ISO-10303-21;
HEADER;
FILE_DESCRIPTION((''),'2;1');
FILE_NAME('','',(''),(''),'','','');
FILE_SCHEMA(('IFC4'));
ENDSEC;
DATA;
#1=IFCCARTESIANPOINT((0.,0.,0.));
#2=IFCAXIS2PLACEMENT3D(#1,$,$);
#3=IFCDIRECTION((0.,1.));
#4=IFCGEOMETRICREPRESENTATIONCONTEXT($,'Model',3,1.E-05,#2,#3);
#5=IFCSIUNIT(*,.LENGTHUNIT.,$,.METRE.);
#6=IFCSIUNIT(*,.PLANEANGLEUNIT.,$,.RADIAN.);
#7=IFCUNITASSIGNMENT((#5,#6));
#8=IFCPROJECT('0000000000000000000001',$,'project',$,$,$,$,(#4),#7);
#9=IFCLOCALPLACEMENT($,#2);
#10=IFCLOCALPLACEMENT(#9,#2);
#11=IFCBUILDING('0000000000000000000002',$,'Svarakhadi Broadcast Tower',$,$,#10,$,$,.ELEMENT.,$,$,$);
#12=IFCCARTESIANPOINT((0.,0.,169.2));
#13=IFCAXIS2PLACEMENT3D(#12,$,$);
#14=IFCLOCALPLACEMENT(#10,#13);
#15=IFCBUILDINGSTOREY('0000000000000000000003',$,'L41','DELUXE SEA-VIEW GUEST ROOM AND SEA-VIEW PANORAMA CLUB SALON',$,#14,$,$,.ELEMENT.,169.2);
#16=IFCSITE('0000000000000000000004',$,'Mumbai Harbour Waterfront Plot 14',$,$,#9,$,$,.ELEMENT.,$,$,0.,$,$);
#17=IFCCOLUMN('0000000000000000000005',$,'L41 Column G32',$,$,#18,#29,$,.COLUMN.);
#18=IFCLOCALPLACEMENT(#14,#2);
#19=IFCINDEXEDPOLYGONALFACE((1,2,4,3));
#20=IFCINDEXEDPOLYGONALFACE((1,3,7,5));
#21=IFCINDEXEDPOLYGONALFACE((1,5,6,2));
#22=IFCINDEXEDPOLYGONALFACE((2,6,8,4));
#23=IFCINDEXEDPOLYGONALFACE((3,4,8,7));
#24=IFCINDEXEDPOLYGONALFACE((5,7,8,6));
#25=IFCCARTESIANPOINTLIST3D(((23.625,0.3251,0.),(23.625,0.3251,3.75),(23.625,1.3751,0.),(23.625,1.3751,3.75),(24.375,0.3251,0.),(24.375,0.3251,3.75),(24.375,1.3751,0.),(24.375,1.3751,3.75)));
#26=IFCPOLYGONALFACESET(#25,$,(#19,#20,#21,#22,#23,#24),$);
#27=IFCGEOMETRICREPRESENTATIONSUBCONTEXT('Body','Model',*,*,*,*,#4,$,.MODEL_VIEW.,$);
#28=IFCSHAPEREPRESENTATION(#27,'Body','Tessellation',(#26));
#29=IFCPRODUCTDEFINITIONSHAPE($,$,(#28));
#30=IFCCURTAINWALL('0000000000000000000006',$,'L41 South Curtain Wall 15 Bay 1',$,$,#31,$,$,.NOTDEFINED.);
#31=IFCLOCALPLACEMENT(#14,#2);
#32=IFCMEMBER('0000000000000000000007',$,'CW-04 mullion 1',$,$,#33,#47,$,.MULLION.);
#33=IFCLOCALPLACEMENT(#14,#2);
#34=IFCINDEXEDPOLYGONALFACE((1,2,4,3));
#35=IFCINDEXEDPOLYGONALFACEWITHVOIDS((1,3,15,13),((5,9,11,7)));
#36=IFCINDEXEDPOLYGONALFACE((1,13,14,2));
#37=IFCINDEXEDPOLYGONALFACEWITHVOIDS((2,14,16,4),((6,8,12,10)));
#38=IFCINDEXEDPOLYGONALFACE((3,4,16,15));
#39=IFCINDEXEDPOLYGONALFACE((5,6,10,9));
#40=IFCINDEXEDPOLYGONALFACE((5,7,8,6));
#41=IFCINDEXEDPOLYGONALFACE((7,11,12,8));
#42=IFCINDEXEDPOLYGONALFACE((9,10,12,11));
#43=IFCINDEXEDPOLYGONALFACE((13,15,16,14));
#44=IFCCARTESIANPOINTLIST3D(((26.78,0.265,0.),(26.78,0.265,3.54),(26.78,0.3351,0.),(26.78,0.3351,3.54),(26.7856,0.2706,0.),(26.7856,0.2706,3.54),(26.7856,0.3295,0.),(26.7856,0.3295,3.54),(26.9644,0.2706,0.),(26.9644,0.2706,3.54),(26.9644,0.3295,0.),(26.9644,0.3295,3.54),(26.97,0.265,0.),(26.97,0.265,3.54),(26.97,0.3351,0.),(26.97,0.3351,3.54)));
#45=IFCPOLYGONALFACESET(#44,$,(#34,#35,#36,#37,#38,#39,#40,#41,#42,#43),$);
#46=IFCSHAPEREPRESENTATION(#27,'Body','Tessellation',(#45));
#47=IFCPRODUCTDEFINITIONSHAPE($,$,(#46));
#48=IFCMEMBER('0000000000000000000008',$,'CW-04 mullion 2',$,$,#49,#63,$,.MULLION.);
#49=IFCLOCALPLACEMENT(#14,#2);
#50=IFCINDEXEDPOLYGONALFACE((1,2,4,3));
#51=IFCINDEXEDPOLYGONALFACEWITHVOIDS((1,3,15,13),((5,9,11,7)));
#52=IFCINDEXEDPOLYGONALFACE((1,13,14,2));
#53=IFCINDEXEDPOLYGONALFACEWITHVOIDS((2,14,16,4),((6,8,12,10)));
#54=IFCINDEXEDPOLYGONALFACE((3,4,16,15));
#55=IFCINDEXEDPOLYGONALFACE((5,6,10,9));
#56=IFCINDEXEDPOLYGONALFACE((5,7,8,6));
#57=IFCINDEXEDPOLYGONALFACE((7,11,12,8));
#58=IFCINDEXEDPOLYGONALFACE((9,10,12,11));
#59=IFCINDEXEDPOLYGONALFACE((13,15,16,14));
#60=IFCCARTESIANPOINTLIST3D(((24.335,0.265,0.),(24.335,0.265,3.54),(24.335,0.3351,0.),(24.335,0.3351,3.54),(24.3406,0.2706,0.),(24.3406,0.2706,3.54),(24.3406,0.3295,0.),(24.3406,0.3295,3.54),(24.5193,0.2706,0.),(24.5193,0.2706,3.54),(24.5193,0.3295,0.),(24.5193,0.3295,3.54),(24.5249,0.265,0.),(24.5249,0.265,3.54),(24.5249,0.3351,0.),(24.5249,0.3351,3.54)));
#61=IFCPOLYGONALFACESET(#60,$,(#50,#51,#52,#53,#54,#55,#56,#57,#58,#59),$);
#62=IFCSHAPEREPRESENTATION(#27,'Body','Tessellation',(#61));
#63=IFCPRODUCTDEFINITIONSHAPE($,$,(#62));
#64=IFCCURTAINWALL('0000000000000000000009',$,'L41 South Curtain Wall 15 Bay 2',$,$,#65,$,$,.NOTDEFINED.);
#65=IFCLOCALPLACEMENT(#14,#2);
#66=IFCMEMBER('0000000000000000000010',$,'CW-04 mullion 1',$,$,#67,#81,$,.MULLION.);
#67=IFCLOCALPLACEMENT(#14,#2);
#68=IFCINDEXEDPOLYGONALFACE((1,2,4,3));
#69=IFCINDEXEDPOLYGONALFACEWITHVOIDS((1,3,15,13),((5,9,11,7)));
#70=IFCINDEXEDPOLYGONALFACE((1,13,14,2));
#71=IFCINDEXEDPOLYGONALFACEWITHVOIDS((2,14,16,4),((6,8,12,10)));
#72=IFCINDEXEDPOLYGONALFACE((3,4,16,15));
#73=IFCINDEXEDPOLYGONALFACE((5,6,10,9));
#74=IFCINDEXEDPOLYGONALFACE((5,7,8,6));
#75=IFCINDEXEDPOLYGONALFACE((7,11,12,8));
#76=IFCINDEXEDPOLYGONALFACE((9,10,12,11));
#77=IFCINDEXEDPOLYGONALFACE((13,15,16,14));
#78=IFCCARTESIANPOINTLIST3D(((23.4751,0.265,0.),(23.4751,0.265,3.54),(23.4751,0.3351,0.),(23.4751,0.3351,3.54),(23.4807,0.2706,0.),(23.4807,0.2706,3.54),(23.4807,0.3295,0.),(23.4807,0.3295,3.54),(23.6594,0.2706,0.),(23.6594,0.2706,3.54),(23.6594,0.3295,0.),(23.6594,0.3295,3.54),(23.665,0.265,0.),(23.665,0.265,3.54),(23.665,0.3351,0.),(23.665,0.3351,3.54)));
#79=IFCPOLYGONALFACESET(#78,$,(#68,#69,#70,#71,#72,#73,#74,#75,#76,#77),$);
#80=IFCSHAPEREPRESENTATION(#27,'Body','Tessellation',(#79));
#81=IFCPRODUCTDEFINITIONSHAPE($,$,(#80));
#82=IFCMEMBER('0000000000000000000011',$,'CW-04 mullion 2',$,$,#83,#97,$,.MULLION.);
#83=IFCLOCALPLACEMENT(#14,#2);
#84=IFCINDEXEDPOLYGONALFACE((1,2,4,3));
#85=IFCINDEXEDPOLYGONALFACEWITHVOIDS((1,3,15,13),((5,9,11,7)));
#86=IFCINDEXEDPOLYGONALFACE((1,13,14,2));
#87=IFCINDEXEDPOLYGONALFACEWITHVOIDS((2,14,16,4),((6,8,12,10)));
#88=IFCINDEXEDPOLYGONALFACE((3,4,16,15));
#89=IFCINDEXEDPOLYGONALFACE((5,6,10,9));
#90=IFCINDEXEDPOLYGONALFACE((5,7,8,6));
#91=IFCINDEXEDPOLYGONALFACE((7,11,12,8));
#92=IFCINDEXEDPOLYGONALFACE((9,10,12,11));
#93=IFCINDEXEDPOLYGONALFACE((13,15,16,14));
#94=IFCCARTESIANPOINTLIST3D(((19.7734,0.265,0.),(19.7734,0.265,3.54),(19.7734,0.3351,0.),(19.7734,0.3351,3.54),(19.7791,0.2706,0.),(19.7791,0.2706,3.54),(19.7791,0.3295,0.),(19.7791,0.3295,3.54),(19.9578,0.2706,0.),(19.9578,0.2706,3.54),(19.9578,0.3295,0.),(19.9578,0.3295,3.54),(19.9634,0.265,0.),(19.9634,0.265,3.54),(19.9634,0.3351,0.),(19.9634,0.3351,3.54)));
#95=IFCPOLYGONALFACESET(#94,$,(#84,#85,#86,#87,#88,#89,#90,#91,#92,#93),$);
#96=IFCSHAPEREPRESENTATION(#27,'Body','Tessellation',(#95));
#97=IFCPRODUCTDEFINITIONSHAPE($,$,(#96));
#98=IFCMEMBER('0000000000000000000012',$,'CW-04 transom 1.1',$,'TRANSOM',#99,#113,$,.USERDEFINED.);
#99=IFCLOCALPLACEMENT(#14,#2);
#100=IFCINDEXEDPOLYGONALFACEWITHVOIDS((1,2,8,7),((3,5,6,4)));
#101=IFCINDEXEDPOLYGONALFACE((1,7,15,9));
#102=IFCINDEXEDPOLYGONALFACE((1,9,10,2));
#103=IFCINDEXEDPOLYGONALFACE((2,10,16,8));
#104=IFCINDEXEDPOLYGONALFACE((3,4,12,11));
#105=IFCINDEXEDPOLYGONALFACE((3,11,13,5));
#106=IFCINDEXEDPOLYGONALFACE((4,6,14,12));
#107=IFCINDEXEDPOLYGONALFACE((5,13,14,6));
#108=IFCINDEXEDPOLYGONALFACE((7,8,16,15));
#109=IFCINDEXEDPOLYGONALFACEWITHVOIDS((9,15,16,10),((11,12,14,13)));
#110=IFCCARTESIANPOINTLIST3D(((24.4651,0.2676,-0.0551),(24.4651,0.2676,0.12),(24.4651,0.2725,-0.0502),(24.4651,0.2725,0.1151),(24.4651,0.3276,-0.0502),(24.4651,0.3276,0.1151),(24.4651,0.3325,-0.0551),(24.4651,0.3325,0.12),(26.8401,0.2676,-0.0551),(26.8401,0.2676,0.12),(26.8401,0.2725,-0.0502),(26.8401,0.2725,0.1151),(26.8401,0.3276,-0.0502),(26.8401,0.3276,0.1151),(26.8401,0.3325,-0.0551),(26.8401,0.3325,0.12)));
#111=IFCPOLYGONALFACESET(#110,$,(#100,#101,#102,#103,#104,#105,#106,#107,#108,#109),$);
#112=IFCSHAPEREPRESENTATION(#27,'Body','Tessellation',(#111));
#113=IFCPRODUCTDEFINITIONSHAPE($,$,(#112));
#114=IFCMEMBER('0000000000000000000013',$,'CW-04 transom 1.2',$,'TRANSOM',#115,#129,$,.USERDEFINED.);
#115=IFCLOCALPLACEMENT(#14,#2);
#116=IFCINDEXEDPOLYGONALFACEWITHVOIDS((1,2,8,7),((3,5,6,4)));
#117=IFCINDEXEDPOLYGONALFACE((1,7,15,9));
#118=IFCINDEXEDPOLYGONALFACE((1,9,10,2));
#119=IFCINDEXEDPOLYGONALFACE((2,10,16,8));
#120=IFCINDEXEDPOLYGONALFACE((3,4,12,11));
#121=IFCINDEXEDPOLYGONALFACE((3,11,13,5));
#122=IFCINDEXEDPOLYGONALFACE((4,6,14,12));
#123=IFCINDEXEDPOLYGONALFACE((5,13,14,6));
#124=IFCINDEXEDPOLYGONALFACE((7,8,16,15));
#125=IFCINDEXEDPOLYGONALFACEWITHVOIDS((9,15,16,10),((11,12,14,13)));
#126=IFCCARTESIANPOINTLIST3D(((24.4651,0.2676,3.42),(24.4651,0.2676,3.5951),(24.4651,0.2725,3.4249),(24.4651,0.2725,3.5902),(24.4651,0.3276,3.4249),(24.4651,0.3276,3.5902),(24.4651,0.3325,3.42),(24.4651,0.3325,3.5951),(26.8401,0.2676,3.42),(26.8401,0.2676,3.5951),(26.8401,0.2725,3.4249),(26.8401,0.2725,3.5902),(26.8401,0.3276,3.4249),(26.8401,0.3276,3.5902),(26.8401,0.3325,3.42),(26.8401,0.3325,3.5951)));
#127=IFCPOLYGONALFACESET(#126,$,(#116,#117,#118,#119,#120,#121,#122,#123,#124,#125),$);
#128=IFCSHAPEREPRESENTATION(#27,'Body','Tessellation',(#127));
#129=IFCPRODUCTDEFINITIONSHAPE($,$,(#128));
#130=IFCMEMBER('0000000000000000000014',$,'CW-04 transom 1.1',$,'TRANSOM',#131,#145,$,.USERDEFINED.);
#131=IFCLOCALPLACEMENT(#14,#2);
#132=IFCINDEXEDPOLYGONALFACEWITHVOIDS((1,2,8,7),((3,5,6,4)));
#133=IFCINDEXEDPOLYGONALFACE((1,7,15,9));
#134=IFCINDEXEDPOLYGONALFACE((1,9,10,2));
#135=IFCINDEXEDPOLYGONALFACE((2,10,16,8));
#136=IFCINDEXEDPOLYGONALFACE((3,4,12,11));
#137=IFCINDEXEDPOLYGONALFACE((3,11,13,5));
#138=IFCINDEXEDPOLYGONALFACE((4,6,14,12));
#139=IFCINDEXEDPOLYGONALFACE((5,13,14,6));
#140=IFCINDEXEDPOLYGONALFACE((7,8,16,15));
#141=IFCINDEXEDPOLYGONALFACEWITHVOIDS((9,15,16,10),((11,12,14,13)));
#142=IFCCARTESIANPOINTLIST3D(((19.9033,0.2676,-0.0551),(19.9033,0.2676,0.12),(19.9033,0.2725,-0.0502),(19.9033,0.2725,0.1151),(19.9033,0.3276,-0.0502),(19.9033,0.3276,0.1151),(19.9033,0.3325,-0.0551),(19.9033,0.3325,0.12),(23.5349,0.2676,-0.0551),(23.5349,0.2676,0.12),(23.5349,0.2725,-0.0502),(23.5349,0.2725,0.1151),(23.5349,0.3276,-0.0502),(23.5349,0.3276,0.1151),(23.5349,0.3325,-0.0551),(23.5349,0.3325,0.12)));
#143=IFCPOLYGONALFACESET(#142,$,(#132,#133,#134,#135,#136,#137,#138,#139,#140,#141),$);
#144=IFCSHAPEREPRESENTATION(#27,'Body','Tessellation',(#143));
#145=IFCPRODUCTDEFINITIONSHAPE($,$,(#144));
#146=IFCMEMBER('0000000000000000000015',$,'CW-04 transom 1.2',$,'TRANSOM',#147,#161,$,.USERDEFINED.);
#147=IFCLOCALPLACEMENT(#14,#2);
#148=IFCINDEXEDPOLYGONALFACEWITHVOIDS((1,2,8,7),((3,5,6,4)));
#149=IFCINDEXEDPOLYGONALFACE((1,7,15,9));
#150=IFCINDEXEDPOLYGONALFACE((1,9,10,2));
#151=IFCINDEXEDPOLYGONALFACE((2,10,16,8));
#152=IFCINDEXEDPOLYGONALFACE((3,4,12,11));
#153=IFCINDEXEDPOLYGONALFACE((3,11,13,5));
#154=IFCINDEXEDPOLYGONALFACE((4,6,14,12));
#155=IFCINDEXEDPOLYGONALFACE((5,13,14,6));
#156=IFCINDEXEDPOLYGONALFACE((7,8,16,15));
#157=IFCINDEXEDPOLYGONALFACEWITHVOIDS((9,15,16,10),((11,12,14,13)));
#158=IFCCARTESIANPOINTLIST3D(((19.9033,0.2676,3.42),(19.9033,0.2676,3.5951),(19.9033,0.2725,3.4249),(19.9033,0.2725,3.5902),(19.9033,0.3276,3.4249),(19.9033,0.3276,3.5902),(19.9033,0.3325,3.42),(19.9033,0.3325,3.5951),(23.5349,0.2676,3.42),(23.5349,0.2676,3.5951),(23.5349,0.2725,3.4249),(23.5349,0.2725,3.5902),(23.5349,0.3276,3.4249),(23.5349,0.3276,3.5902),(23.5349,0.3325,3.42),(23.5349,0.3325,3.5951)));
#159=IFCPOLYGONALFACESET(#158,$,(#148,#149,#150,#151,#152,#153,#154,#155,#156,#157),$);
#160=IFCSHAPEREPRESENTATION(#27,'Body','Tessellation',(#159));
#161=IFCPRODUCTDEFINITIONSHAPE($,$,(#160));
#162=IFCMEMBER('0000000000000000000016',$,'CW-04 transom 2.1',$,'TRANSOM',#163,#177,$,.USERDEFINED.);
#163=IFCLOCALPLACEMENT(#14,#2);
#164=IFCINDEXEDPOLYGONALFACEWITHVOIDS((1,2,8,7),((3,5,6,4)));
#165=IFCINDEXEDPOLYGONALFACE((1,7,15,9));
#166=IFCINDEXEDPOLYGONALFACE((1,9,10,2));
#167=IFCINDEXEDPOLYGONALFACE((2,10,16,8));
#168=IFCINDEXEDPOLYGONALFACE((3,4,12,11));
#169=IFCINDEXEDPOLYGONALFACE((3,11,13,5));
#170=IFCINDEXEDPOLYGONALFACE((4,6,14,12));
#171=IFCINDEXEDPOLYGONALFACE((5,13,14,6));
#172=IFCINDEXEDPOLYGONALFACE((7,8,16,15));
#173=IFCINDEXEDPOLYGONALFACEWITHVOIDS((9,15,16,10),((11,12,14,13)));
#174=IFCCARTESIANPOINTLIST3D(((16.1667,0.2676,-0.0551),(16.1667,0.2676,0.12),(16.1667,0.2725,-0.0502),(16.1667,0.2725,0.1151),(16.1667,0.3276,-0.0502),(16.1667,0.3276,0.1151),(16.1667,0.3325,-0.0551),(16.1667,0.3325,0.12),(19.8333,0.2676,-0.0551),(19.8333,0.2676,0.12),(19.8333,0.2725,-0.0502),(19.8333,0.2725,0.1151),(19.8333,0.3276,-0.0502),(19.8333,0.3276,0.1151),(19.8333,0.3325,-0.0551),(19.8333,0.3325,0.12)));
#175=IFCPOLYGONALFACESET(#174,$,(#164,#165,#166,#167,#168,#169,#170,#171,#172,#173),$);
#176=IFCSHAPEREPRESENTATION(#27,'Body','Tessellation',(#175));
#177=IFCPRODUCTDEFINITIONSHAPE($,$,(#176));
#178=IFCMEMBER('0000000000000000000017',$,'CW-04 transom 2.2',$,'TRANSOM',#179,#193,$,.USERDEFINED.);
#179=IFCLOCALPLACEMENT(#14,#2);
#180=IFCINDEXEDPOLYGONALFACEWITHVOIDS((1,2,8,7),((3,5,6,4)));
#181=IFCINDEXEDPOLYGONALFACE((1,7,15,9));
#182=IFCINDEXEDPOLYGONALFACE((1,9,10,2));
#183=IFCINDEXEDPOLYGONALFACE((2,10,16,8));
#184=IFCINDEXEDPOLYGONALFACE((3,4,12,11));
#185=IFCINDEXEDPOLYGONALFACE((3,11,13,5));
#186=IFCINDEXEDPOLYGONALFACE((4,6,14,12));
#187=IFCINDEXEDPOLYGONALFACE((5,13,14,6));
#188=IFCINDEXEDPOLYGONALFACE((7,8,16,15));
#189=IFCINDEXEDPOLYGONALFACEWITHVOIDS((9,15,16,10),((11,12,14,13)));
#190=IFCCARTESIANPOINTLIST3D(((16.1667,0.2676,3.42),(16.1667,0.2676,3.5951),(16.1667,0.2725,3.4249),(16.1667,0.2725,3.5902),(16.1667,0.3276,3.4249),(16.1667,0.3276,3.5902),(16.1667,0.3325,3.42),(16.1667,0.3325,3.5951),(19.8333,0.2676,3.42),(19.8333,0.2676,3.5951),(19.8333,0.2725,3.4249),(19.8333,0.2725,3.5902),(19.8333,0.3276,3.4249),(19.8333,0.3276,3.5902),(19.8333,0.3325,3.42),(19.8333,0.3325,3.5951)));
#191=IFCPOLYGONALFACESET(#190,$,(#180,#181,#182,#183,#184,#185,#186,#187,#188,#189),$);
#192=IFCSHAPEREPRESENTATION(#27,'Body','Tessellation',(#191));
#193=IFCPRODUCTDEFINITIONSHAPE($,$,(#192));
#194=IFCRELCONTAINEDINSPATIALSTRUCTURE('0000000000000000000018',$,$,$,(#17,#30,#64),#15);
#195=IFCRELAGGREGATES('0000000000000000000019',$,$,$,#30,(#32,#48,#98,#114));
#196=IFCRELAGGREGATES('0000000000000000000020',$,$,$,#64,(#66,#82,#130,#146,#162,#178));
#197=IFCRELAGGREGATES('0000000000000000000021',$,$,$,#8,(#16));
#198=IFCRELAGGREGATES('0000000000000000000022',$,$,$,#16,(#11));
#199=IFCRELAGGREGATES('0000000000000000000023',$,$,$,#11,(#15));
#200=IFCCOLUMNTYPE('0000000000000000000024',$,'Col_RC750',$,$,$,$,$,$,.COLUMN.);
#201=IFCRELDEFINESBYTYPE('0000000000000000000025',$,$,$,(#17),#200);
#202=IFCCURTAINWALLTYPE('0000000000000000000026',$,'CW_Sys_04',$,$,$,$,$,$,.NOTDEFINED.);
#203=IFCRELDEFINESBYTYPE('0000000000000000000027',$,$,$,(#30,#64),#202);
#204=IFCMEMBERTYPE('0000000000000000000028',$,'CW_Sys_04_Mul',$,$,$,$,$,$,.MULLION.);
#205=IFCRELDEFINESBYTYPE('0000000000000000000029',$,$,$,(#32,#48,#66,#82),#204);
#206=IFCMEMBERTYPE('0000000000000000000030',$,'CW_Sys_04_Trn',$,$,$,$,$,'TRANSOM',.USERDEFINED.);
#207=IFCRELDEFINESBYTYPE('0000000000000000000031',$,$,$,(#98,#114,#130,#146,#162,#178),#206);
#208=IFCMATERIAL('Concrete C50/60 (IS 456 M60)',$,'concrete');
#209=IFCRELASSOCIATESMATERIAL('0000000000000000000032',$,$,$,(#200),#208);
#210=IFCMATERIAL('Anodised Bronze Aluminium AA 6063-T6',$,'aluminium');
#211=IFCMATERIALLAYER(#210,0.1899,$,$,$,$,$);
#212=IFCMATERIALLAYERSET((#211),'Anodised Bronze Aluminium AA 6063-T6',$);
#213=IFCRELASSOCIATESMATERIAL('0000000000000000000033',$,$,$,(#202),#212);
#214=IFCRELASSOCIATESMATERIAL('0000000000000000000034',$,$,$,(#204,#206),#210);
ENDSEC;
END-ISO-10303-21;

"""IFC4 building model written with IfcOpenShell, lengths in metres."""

from ifc_helpers import new_model, si_unit, direction, frame, origin, origin_2d, place, context, subcontext, project, spatial, rectangle, hollow_rectangle, extrude, material, layer, layer_set, material_profile, profile_set, type_object, element, aggregate, save


model = new_model("IFC4")

# Units and contexts
model_context = context("Model", 3, precision=1e-05, world=origin(), true_north=direction((0.0, 1.0)))
body_context = subcontext(model_context, "Body", "Model", "MODEL_VIEW")
ifc_project = project(units=[si_unit("LENGTHUNIT", "METRE"), si_unit("PLANEANGLEUNIT", "RADIAN")], contexts=[model_context])

# Site, building, storey
site_placement = place(None, origin())
site = spatial("IfcSite", under=ifc_project, at=site_placement, Name="Mumbai Harbour Waterfront Plot 14", CompositionType="ELEMENT", RefElevation=0.0)
building_placement = place(site_placement, origin())
building = spatial("IfcBuilding", under=site, at=building_placement, Name="Svarakhadi Broadcast Tower", CompositionType="ELEMENT")
storey_placement = place(building_placement, frame((0.0, 0.0, 169.2)))
storey = spatial("IfcBuildingStorey", under=building, at=storey_placement, Name="L41", Description="DELUXE SEA-VIEW GUEST ROOM AND SEA-VIEW PANORAMA CLUB SALON", CompositionType="ELEMENT", Elevation=169.2)

# Column
ifc_material_1 = material(Name="Concrete C50/60 (IS 456 M60)", Category="concrete")
ifc_material_profile_1 = material_profile(ifc_material_1, rectangle(XDim=0.75, YDim=1.05, at=origin_2d()), Name="RC 750x1050")
ifc_profile_set_1 = profile_set([ifc_material_profile_1], Name="Concrete C50/60 (IS 456 M60)")
column_type = type_object("IfcColumnType", Name="Col_RC750", PredefinedType="COLUMN", material=ifc_profile_set_1)
column_placement = place(storey_placement, frame((24.0, 0.8501, 0.0), z_axis=(0.0, 0.0, 1.0), x_axis=(1.0, 0.0, 0.0)))
element("IfcColumn", 1, at=column_placement, inside=storey, type_object=column_type, Name="L41 Column G32", PredefinedType="COLUMN", context=body_context, shape_type="SweptSolid", body=[
    extrude(rectangle(XDim=0.75, YDim=1.05, at=origin_2d()), origin(), (0.0, 0.0, 1.0), 3.75),
])

# Curtain walls, members
ifc_material_2 = material(Name="Anodised Bronze Aluminium AA 6063-T6", Category="aluminium")
ifc_layer_1 = layer(ifc_material_2, 0.1899)
ifc_layer_set_1 = layer_set([ifc_layer_1], Name="Anodised Bronze Aluminium AA 6063-T6")
curtain_wall_type = type_object("IfcCurtainWallType", Name="CW_Sys_04", PredefinedType="NOTDEFINED", material=ifc_layer_set_1)
curtain_wall_1_placement = place(storey_placement, origin())
curtain_wall_1 = element("IfcCurtainWall", 2, at=curtain_wall_1_placement, inside=storey, type_object=curtain_wall_type, Name="L41 South Curtain Wall 15 Bay 1", PredefinedType="NOTDEFINED")
ifc_material_profile_2 = material_profile(ifc_material_2, hollow_rectangle(XDim=0.0701, YDim=0.1899, WallThickness=0.0056, at=origin_2d()), Name="ALU MULLION 190x70x6")
ifc_profile_set_2 = profile_set([ifc_material_profile_2], Name="Anodised Bronze Aluminium AA 6063-T6")
member_type_1 = type_object("IfcMemberType", Name="CW_Sys_04_Mul", PredefinedType="MULLION", material=ifc_profile_set_2)
member_1_placement = place(storey_placement, frame((26.875, 0.3, 0.0), z_axis=(0.0, 0.0, 1.0), x_axis=(0.0, -1.0, 0.0)))
member_1 = element("IfcMember", 3, at=member_1_placement, type_object=member_type_1, Name="CW-04 mullion 1", PredefinedType="MULLION", context=body_context, shape_type="SweptSolid", body=[
    extrude(hollow_rectangle(XDim=0.0701, YDim=0.1899, WallThickness=0.0056, at=origin_2d()), origin(), (0.0, 0.0, 1.0), 3.54),
])
member_2_placement = place(storey_placement, frame((24.4299, 0.3, 0.0), z_axis=(0.0, 0.0, 1.0), x_axis=(0.0, -1.0, 0.0)))
member_2 = element("IfcMember", 4, at=member_2_placement, type_object=member_type_1, Name="CW-04 mullion 2", PredefinedType="MULLION", context=body_context, shape_type="SweptSolid", body=[
    extrude(hollow_rectangle(XDim=0.0701, YDim=0.1899, WallThickness=0.0056, at=origin_2d()), origin(), (0.0, 0.0, 1.0), 3.54),
])
curtain_wall_2_placement = place(storey_placement, origin())
curtain_wall_2 = element("IfcCurtainWall", 5, at=curtain_wall_2_placement, inside=storey, type_object=curtain_wall_type, Name="L41 South Curtain Wall 15 Bay 2", PredefinedType="NOTDEFINED")
member_3_placement = place(storey_placement, frame((23.5701, 0.3, 0.0), z_axis=(0.0, 0.0, 1.0), x_axis=(0.0, -1.0, 0.0)))
member_3 = element("IfcMember", 6, at=member_3_placement, type_object=member_type_1, Name="CW-04 mullion 1", PredefinedType="MULLION", context=body_context, shape_type="SweptSolid", body=[
    extrude(hollow_rectangle(XDim=0.0701, YDim=0.1899, WallThickness=0.0056, at=origin_2d()), origin(), (0.0, 0.0, 1.0), 3.54),
])
member_4_placement = place(storey_placement, frame((19.8684, 0.3, 0.0), z_axis=(0.0, 0.0, 1.0), x_axis=(0.0, -1.0, 0.0)))
member_4 = element("IfcMember", 7, at=member_4_placement, type_object=member_type_1, Name="CW-04 mullion 2", PredefinedType="MULLION", context=body_context, shape_type="SweptSolid", body=[
    extrude(hollow_rectangle(XDim=0.0701, YDim=0.1899, WallThickness=0.0056, at=origin_2d()), origin(), (0.0, 0.0, 1.0), 3.54),
])

# Members
ifc_material_profile_3 = material_profile(ifc_material_2, hollow_rectangle(XDim=0.0649, YDim=0.175, WallThickness=0.0049, at=origin_2d()), Name="ALU TRANSOM 175x65x5")
ifc_profile_set_3 = profile_set([ifc_material_profile_3], Name="Anodised Bronze Aluminium AA 6063-T6")
member_type_2 = type_object("IfcMemberType", Name="CW_Sys_04_Trn", ElementType="TRANSOM", PredefinedType="USERDEFINED", material=ifc_profile_set_3)
member_5_placement = place(storey_placement, frame((26.8401, 0.3, 0.0325), z_axis=(-1.0, 0.0, 0.0), x_axis=(0.0, -1.0, 0.0)))
member_5 = element("IfcMember", 8, at=member_5_placement, type_object=member_type_2, Name="CW-04 transom 1.1", ObjectType="TRANSOM", PredefinedType="USERDEFINED", context=body_context, shape_type="SweptSolid", body=[
    extrude(hollow_rectangle(XDim=0.0649, YDim=0.175, WallThickness=0.0049, at=origin_2d()), origin(), (0.0, 0.0, 1.0), 2.375),
])
member_6_placement = place(storey_placement, frame((26.8401, 0.3, 3.5076), z_axis=(-1.0, 0.0, 0.0), x_axis=(0.0, -1.0, 0.0)))
member_6 = element("IfcMember", 9, at=member_6_placement, type_object=member_type_2, Name="CW-04 transom 1.2", ObjectType="TRANSOM", PredefinedType="USERDEFINED", context=body_context, shape_type="SweptSolid", body=[
    extrude(hollow_rectangle(XDim=0.0649, YDim=0.175, WallThickness=0.0049, at=origin_2d()), origin(), (0.0, 0.0, 1.0), 2.375),
])
member_7_placement = place(storey_placement, frame((23.5349, 0.3, 0.0325), z_axis=(-1.0, 0.0, 0.0), x_axis=(0.0, -1.0, 0.0)))
member_7 = element("IfcMember", 10, at=member_7_placement, type_object=member_type_2, Name="CW-04 transom 1.1", ObjectType="TRANSOM", PredefinedType="USERDEFINED", context=body_context, shape_type="SweptSolid", body=[
    extrude(hollow_rectangle(XDim=0.0649, YDim=0.175, WallThickness=0.0049, at=origin_2d()), origin(), (0.0, 0.0, 1.0), 3.6316),
])
member_8_placement = place(storey_placement, frame((23.5349, 0.3, 3.5076), z_axis=(-1.0, 0.0, 0.0), x_axis=(0.0, -1.0, 0.0)))
member_8 = element("IfcMember", 11, at=member_8_placement, type_object=member_type_2, Name="CW-04 transom 1.2", ObjectType="TRANSOM", PredefinedType="USERDEFINED", context=body_context, shape_type="SweptSolid", body=[
    extrude(hollow_rectangle(XDim=0.0649, YDim=0.175, WallThickness=0.0049, at=origin_2d()), origin(), (0.0, 0.0, 1.0), 3.6316),
])
member_9_placement = place(storey_placement, frame((19.8333, 0.3, 0.0325), z_axis=(-1.0, 0.0, 0.0), x_axis=(0.0, -1.0, 0.0)))
member_9 = element("IfcMember", 12, at=member_9_placement, type_object=member_type_2, Name="CW-04 transom 2.1", ObjectType="TRANSOM", PredefinedType="USERDEFINED", context=body_context, shape_type="SweptSolid", body=[
    extrude(hollow_rectangle(XDim=0.0649, YDim=0.175, WallThickness=0.0049, at=origin_2d()), origin(), (0.0, 0.0, 1.0), 3.6665),
])
member_10_placement = place(storey_placement, frame((19.8333, 0.3, 3.5076), z_axis=(-1.0, 0.0, 0.0), x_axis=(0.0, -1.0, 0.0)))
member_10 = element("IfcMember", 13, at=member_10_placement, type_object=member_type_2, Name="CW-04 transom 2.2", ObjectType="TRANSOM", PredefinedType="USERDEFINED", context=body_context, shape_type="SweptSolid", body=[
    extrude(hollow_rectangle(XDim=0.0649, YDim=0.175, WallThickness=0.0049, at=origin_2d()), origin(), (0.0, 0.0, 1.0), 3.6665),
])

aggregate(curtain_wall_1, [member_1, member_2, member_5, member_6])
aggregate(curtain_wall_2, [member_3, member_4, member_7, member_8, member_9, member_10])

save(model, "model.ifc")
